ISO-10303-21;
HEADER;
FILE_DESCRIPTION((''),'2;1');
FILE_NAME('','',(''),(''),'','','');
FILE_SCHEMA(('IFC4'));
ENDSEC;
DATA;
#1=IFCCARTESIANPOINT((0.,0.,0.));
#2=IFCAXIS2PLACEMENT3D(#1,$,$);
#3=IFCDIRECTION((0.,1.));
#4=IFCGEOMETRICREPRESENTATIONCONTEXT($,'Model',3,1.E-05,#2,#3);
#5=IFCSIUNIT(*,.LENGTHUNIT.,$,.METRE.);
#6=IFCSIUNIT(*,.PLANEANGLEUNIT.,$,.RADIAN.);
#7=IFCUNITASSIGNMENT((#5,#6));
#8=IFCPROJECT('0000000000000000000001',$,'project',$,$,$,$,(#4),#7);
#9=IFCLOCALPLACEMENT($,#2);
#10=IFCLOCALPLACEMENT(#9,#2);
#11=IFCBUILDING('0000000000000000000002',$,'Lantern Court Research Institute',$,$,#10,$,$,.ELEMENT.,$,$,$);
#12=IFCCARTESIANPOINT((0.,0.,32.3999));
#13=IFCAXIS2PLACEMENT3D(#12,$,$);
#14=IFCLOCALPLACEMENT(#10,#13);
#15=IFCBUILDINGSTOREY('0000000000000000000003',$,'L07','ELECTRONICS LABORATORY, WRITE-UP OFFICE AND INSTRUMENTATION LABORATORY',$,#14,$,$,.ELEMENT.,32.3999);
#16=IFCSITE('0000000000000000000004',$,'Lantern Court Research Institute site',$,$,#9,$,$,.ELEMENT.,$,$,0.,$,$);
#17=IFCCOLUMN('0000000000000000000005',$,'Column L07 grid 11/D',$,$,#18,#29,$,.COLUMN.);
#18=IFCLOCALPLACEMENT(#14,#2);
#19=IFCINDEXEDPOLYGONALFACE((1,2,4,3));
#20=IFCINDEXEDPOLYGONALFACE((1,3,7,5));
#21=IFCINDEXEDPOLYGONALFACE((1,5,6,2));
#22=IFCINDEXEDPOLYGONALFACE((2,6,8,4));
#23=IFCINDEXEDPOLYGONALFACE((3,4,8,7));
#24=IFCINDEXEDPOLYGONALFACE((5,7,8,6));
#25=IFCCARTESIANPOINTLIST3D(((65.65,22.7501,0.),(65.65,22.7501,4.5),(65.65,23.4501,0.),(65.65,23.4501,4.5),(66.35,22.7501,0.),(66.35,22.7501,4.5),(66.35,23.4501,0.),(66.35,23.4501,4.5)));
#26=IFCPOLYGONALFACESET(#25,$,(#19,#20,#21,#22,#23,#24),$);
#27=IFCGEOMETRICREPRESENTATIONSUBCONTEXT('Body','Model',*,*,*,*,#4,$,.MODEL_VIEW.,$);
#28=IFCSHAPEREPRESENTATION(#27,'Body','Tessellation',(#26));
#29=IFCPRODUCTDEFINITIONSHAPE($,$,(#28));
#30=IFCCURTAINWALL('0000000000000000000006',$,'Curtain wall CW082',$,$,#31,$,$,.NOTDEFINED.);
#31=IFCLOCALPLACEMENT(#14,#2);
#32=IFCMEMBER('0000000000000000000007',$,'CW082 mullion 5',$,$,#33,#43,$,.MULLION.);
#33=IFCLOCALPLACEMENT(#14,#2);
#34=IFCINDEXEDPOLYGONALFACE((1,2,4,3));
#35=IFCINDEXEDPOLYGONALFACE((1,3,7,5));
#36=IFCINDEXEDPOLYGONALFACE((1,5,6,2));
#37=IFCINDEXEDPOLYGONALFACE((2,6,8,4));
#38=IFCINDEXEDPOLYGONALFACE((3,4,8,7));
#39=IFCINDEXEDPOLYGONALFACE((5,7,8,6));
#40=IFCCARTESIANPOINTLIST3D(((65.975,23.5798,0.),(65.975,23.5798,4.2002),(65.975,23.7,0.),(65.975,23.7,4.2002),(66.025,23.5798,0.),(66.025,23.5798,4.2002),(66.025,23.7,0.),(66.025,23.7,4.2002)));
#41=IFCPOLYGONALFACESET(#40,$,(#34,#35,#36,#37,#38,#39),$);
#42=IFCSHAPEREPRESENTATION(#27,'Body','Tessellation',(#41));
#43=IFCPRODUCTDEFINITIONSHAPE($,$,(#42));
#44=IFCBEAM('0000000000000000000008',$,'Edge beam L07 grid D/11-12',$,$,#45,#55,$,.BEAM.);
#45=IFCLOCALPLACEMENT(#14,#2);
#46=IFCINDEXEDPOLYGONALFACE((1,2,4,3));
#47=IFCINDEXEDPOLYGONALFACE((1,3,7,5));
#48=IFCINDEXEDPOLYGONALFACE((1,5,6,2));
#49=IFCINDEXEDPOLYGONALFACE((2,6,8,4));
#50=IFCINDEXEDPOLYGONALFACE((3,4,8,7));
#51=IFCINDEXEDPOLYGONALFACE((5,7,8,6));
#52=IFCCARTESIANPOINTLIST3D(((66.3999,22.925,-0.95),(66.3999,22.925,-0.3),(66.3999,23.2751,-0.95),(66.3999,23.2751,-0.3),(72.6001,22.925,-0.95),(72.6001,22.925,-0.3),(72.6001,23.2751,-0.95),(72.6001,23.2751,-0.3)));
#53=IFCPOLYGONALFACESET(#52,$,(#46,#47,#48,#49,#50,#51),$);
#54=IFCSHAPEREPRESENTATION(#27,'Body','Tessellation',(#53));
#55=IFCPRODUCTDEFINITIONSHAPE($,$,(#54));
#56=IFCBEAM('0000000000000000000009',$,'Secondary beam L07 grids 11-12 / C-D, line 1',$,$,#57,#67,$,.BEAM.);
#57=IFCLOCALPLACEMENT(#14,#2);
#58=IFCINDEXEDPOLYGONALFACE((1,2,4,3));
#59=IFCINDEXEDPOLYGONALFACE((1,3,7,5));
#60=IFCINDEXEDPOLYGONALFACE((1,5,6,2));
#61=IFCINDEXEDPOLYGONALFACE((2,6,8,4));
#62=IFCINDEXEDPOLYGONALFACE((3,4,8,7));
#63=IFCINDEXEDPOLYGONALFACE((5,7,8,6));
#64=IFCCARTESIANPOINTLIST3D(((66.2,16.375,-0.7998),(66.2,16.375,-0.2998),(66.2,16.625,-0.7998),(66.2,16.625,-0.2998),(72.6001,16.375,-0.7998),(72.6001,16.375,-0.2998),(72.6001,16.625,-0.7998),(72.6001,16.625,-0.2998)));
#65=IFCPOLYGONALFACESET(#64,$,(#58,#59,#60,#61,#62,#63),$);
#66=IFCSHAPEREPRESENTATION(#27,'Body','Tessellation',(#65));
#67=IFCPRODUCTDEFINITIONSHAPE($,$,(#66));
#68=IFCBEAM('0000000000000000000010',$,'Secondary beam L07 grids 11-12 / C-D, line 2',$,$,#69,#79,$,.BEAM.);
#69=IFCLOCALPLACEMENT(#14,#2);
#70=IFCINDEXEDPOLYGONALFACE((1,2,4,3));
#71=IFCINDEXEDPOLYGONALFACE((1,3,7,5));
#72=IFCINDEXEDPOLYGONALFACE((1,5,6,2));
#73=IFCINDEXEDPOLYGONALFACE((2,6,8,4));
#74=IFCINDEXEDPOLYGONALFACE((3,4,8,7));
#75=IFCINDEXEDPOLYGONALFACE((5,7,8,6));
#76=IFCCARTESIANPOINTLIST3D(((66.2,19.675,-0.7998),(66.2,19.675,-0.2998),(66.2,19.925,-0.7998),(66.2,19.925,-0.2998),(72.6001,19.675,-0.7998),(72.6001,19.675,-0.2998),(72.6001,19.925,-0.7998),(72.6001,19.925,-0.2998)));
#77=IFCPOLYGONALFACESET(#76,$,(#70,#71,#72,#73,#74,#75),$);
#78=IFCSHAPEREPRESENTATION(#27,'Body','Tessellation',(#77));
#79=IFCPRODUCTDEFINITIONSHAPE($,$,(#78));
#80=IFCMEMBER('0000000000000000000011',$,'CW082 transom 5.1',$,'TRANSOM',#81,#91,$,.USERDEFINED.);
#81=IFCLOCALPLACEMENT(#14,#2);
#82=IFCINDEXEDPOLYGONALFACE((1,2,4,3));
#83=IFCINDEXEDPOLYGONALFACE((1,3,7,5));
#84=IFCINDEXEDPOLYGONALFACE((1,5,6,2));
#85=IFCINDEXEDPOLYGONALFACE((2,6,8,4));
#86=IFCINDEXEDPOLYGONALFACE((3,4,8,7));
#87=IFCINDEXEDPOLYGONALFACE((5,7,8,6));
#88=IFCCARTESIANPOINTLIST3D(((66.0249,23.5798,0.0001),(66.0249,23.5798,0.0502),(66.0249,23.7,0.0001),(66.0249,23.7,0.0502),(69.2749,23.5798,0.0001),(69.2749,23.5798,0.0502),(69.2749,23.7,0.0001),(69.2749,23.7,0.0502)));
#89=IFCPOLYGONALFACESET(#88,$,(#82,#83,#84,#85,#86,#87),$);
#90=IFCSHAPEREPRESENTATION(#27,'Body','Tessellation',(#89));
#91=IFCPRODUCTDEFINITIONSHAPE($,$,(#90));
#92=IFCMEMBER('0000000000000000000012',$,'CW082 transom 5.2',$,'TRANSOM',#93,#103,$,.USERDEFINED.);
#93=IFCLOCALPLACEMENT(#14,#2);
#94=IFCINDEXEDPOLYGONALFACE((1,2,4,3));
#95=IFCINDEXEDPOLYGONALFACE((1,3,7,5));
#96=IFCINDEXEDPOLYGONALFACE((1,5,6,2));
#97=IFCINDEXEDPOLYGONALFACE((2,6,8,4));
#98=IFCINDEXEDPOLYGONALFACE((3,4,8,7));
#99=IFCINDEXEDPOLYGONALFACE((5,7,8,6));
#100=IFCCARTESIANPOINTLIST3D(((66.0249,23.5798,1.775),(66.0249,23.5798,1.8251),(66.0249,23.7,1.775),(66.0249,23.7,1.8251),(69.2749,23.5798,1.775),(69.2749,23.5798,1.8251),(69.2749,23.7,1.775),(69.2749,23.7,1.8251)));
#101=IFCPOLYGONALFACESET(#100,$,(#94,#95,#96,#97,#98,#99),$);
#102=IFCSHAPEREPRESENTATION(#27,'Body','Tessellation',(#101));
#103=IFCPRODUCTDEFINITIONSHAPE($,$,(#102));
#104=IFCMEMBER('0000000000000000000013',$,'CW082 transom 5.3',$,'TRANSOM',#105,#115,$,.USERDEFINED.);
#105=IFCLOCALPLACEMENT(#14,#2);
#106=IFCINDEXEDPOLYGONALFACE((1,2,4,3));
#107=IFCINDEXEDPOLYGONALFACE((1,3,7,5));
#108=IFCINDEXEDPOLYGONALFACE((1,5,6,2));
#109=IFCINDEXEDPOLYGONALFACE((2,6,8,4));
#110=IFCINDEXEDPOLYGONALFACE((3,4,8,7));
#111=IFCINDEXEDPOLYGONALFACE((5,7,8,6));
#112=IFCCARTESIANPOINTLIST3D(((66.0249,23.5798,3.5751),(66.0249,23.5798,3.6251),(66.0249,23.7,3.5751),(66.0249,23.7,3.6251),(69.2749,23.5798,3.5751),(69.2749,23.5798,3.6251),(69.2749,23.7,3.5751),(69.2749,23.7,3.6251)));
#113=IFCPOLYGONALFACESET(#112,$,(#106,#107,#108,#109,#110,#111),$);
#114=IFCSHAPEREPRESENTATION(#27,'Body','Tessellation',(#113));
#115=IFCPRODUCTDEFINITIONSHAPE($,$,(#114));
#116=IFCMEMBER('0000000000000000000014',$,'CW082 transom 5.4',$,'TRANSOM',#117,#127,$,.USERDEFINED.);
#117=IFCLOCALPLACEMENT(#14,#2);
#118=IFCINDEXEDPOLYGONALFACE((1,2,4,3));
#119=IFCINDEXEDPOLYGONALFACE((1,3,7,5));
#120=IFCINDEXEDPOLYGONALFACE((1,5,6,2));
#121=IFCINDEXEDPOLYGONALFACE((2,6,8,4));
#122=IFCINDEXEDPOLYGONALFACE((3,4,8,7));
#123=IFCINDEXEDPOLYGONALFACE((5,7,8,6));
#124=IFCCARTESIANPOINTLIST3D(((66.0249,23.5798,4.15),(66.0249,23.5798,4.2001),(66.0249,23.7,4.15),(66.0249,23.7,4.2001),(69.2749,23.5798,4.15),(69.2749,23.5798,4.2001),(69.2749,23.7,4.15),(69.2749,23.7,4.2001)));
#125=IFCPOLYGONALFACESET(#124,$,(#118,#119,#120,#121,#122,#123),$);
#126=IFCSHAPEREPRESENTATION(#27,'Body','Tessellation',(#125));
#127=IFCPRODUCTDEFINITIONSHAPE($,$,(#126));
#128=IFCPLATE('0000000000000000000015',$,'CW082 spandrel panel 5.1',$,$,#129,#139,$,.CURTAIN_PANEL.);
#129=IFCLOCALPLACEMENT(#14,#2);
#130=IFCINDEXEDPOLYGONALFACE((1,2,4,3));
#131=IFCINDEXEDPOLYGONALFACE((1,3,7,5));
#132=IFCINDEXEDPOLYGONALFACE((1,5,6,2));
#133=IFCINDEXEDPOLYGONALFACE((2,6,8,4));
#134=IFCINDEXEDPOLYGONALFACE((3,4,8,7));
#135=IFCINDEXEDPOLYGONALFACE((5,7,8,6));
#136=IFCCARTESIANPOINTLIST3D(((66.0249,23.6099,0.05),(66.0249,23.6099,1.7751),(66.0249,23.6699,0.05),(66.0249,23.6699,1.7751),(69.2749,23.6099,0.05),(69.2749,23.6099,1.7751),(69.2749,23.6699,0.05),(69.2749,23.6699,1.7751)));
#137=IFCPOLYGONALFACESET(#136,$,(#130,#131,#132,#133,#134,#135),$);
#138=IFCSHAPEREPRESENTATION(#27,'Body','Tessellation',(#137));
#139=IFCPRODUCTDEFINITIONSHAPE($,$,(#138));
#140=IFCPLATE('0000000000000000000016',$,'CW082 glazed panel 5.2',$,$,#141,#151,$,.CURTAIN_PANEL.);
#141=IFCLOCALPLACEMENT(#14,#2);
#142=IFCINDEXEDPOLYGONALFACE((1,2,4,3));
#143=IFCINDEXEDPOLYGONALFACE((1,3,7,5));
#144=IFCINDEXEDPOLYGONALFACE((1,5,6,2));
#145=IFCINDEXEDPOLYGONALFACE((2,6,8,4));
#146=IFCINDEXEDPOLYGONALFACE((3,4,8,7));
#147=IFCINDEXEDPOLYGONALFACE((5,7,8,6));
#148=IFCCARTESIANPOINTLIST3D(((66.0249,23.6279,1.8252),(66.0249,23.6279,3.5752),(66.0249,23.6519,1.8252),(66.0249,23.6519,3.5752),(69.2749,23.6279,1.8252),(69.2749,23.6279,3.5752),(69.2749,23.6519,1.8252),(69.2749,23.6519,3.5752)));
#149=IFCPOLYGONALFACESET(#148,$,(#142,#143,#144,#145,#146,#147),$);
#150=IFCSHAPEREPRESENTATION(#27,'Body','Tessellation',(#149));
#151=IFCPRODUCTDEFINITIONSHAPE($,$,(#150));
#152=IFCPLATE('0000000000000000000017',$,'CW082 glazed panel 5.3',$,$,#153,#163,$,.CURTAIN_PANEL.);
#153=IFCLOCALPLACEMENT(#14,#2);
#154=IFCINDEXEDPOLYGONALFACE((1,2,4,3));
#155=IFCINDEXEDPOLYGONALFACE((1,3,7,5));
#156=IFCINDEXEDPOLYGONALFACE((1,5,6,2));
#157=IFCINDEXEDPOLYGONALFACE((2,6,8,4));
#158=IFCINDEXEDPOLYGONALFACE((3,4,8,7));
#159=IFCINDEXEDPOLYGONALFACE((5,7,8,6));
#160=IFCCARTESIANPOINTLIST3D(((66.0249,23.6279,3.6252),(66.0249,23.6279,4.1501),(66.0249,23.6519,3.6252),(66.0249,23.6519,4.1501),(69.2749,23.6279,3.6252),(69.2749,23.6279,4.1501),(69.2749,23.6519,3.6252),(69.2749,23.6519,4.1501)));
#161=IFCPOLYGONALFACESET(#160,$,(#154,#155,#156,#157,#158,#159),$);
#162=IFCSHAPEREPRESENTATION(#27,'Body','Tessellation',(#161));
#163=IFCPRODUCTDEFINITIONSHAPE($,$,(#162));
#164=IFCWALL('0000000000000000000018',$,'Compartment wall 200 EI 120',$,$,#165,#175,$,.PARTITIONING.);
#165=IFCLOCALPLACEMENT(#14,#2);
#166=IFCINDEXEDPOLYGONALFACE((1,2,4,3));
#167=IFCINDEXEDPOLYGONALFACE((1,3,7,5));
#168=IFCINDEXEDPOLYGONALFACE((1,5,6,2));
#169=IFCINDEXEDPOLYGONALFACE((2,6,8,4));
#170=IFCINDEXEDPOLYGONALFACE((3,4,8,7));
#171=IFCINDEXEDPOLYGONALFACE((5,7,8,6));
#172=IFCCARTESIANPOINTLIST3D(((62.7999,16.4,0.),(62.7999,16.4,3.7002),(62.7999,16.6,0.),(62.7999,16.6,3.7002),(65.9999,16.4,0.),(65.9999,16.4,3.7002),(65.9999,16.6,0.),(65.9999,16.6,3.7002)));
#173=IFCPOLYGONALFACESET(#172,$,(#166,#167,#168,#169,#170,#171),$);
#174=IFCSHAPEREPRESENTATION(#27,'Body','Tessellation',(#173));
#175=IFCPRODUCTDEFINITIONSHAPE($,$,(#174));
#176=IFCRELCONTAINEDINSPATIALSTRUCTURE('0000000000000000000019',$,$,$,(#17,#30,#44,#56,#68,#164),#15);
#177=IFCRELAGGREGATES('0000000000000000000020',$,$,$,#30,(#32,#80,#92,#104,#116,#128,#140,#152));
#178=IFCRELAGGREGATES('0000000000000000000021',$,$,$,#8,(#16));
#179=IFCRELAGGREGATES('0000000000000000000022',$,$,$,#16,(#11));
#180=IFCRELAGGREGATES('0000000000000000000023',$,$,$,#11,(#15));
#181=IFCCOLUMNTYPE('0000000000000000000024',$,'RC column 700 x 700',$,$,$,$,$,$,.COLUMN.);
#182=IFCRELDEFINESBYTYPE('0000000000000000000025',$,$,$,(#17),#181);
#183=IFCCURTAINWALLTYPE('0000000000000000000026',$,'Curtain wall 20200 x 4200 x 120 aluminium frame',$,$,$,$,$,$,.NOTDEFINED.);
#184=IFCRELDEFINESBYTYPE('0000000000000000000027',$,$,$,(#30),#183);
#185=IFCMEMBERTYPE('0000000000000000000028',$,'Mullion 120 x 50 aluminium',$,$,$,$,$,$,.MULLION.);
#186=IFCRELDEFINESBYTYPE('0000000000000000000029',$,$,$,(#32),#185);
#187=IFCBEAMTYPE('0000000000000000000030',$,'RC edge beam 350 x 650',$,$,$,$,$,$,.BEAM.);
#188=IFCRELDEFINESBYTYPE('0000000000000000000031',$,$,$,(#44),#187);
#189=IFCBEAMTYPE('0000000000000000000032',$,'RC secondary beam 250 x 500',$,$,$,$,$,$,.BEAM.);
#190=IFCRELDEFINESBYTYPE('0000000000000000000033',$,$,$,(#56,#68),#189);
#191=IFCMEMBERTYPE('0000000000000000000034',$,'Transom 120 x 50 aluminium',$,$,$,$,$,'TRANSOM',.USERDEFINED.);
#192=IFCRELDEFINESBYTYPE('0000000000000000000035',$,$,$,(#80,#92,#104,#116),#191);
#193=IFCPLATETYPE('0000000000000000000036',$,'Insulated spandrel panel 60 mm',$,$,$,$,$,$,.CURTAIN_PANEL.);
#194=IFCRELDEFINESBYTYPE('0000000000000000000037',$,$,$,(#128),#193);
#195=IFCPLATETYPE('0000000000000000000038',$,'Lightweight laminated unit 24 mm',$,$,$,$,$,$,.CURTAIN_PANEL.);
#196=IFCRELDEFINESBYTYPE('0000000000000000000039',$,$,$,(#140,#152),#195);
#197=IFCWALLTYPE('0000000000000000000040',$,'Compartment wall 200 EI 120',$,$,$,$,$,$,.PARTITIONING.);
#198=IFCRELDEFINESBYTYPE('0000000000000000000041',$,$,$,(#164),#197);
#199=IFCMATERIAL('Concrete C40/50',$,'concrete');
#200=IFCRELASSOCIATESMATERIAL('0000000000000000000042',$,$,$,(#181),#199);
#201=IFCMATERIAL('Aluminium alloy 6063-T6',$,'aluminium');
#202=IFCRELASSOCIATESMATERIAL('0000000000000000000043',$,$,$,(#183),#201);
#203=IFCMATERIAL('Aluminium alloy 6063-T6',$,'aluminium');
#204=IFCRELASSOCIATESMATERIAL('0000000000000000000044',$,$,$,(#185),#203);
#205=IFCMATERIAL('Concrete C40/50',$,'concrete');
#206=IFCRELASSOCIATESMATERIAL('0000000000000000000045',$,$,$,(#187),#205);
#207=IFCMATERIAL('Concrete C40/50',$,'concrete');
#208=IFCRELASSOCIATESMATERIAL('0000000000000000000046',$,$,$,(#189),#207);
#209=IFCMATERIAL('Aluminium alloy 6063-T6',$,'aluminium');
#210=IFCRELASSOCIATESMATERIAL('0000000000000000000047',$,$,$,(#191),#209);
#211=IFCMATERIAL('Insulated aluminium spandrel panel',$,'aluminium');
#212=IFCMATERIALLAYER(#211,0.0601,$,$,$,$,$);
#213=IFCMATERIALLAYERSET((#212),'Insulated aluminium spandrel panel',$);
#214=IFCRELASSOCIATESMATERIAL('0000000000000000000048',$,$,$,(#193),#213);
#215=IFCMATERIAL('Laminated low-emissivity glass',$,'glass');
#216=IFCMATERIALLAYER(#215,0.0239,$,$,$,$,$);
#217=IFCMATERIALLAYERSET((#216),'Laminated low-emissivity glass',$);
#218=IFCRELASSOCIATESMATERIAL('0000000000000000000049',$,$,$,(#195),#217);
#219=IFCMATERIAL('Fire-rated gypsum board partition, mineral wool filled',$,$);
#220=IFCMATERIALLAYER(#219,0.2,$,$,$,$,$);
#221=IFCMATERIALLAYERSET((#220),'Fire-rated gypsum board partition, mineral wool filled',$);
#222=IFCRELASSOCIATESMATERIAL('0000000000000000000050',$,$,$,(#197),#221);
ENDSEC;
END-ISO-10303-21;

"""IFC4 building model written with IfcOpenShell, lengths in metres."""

from ifc_helpers import new_model, si_unit, direction, frame, frame_2d, origin, origin_2d, place, context, subcontext, project, spatial, rectangle, extrude, material, layer, layer_set, material_profile, profile_set, type_object, element, aggregate, save


model = new_model("IFC4")

# Units and contexts
model_context = context("Model", 3, precision=1e-05, world=origin(), true_north=direction((0.0, 1.0)))
body_context = subcontext(model_context, "Body", "Model", "MODEL_VIEW")
ifc_project = project(units=[si_unit("LENGTHUNIT", "METRE"), si_unit("PLANEANGLEUNIT", "RADIAN")], contexts=[model_context])

# Site, building, storey
site_placement = place(None, origin())
site = spatial("IfcSite", under=ifc_project, at=site_placement, Name="Lantern Court Research Institute site", CompositionType="ELEMENT", RefElevation=0.0)
building_placement = place(site_placement, origin())
building = spatial("IfcBuilding", under=site, at=building_placement, Name="Lantern Court Research Institute", CompositionType="ELEMENT")
storey_placement = place(building_placement, frame((0.0, 0.0, 32.3999)))
storey = spatial("IfcBuildingStorey", under=building, at=storey_placement, Name="L07", Description="ELECTRONICS LABORATORY, WRITE-UP OFFICE AND INSTRUMENTATION LABORATORY", CompositionType="ELEMENT", Elevation=32.3999)

# Column
ifc_material_1 = material(Name="Concrete C40/50", Category="concrete")
ifc_material_profile_1 = material_profile(ifc_material_1, rectangle(XDim=0.7, YDim=0.7, at=origin_2d()), Name="RC column 700 x 700")
ifc_profile_set_1 = profile_set([ifc_material_profile_1], Name="Concrete C40/50")
column_type = type_object("IfcColumnType", Name="RC column 700 x 700", PredefinedType="COLUMN", material=ifc_profile_set_1)
column_placement = place(storey_placement, frame((66.0, 23.1001, 0.0), z_axis=(0.0, 0.0, 1.0), x_axis=(1.0, 0.0, 0.0)))
element("IfcColumn", 1, at=column_placement, inside=storey, type_object=column_type, Name="Column L07 grid 11/D", PredefinedType="COLUMN", context=body_context, shape_type="SweptSolid", body=[
    extrude(rectangle(XDim=0.7, YDim=0.7, at=origin_2d()), origin(), (0.0, 0.0, 1.0), 4.5),
])

# Curtain wall, member
ifc_material_2 = material(Name="Aluminium alloy 6063-T6", Category="aluminium")
curtain_wall_type = type_object("IfcCurtainWallType", Name="Curtain wall 20200 x 4200 x 120 aluminium frame", PredefinedType="NOTDEFINED", material=ifc_material_2)
curtain_wall_placement = place(storey_placement, origin())
curtain_wall = element("IfcCurtainWall", 2, at=curtain_wall_placement, inside=storey, type_object=curtain_wall_type, Name="Curtain wall CW082", PredefinedType="NOTDEFINED")
ifc_material_3 = material(Name="Aluminium alloy 6063-T6", Category="aluminium")
ifc_material_profile_2 = material_profile(ifc_material_3, rectangle(XDim=0.1201, YDim=0.05, at=origin_2d()), Name="Mullion 120 x 50")
ifc_profile_set_2 = profile_set([ifc_material_profile_2], Name="Aluminium alloy 6063-T6")
member_type_1 = type_object("IfcMemberType", Name="Mullion 120 x 50 aluminium", PredefinedType="MULLION", material=ifc_profile_set_2)
member_1_placement = place(storey_placement, frame((66.0, 23.6399, 0.0), z_axis=(0.0, 0.0, 1.0), x_axis=(0.0, 1.0, 0.0)))
member_1 = element("IfcMember", 3, at=member_1_placement, type_object=member_type_1, Name="CW082 mullion 5", PredefinedType="MULLION", context=body_context, shape_type="SweptSolid", body=[
    extrude(rectangle(XDim=0.1201, YDim=0.05, at=origin_2d()), origin(), (0.0, 0.0, 1.0), 4.2002),
])

# Beams
ifc_material_4 = material(Name="Concrete C40/50", Category="concrete")
ifc_material_profile_3 = material_profile(ifc_material_4, rectangle(XDim=0.3501, YDim=0.6499, at=origin_2d()), Name="RC beam 350 x 650")
ifc_profile_set_3 = profile_set([ifc_material_profile_3], Name="Concrete C40/50")
beam_type_1 = type_object("IfcBeamType", Name="RC edge beam 350 x 650", PredefinedType="BEAM", material=ifc_profile_set_3)
beam_placement = place(storey_placement, frame((66.3999, 23.1001, -0.625), z_axis=(1.0, 0.0, 0.0), x_axis=(0.0, 1.0, 0.0)))
element("IfcBeam", 4, at=beam_placement, inside=storey, type_object=beam_type_1, Name="Edge beam L07 grid D/11-12", PredefinedType="BEAM", context=body_context, shape_type="SweptSolid", body=[
    extrude(rectangle(XDim=0.3501, YDim=0.6499, at=origin_2d()), origin(), (0.0, 0.0, 1.0), 6.2002),
])
ifc_material_5 = material(Name="Concrete C40/50", Category="concrete")
ifc_material_profile_4 = material_profile(ifc_material_5, rectangle(XDim=0.25, YDim=0.5, at=origin_2d()), Name="RC beam 250 x 500")
ifc_profile_set_4 = profile_set([ifc_material_profile_4], Name="Concrete C40/50")
beam_type_2 = type_object("IfcBeamType", Name="RC secondary beam 250 x 500", PredefinedType="BEAM", material=ifc_profile_set_4)
for number, where, z_axis, x_axis, name in (
    (5, (66.2, 16.5, -0.5498), (1.0, 0.0, 0.0), (0.0, 1.0, 0.0), "Secondary beam L07 grids 11-12 / C-D, line 1"),
    (6, (66.2, 19.8, -0.5498), (1.0, 0.0, 0.0), (0.0, 1.0, 0.0), "Secondary beam L07 grids 11-12 / C-D, line 2"),
):
    element("IfcBeam", number, at=place(storey_placement, frame(where, z_axis=z_axis, x_axis=x_axis)), inside=storey, type_object=beam_type_2, Name=name, PredefinedType="BEAM", context=body_context, shape_type="SweptSolid", body=[
        extrude(rectangle(XDim=0.25, YDim=0.5, at=origin_2d()), origin(), (0.0, 0.0, 1.0), 6.4001),
    ])

# Members
ifc_material_6 = material(Name="Aluminium alloy 6063-T6", Category="aluminium")
ifc_material_profile_5 = material_profile(ifc_material_6, rectangle(XDim=0.1201, YDim=0.05, at=origin_2d()), Name="Transom 120 x 50")
ifc_profile_set_5 = profile_set([ifc_material_profile_5], Name="Aluminium alloy 6063-T6")
member_type_2 = type_object("IfcMemberType", Name="Transom 120 x 50 aluminium", ElementType="TRANSOM", PredefinedType="USERDEFINED", material=ifc_profile_set_5)
member_2_placement = place(storey_placement, frame((66.0249, 23.6399, 0.0251), z_axis=(1.0, 0.0, 0.0), x_axis=(0.0, 1.0, 0.0)))
member_2 = element("IfcMember", 7, at=member_2_placement, type_object=member_type_2, Name="CW082 transom 5.1", ObjectType="TRANSOM", PredefinedType="USERDEFINED", context=body_context, shape_type="SweptSolid", body=[
    extrude(rectangle(XDim=0.1201, YDim=0.05, at=origin_2d()), origin(), (0.0, 0.0, 1.0), 3.25),
])
member_3_placement = place(storey_placement, frame((66.0249, 23.6399, 1.8), z_axis=(1.0, 0.0, 0.0), x_axis=(0.0, 1.0, 0.0)))
member_3 = element("IfcMember", 8, at=member_3_placement, type_object=member_type_2, Name="CW082 transom 5.2", ObjectType="TRANSOM", PredefinedType="USERDEFINED", context=body_context, shape_type="SweptSolid", body=[
    extrude(rectangle(XDim=0.1201, YDim=0.05, at=origin_2d()), origin(), (0.0, 0.0, 1.0), 3.25),
])
member_4_placement = place(storey_placement, frame((66.0249, 23.6399, 3.6001), z_axis=(1.0, 0.0, 0.0), x_axis=(0.0, 1.0, 0.0)))
member_4 = element("IfcMember", 9, at=member_4_placement, type_object=member_type_2, Name="CW082 transom 5.3", ObjectType="TRANSOM", PredefinedType="USERDEFINED", context=body_context, shape_type="SweptSolid", body=[
    extrude(rectangle(XDim=0.1201, YDim=0.05, at=origin_2d()), origin(), (0.0, 0.0, 1.0), 3.25),
])
member_5_placement = place(storey_placement, frame((66.0249, 23.6399, 4.175), z_axis=(1.0, 0.0, 0.0), x_axis=(0.0, 1.0, 0.0)))
member_5 = element("IfcMember", 10, at=member_5_placement, type_object=member_type_2, Name="CW082 transom 5.4", ObjectType="TRANSOM", PredefinedType="USERDEFINED", context=body_context, shape_type="SweptSolid", body=[
    extrude(rectangle(XDim=0.1201, YDim=0.05, at=origin_2d()), origin(), (0.0, 0.0, 1.0), 3.25),
])

# Plates
ifc_material_7 = material(Name="Insulated aluminium spandrel panel", Category="aluminium")
ifc_layer_1 = layer(ifc_material_7, 0.0601)
ifc_layer_set_1 = layer_set([ifc_layer_1], Name="Insulated aluminium spandrel panel")
plate_type_1 = type_object("IfcPlateType", Name="Insulated spandrel panel 60 mm", PredefinedType="CURTAIN_PANEL", material=ifc_layer_set_1)
plate_1_placement = place(storey_placement, frame((67.6499, 23.6399, 0.05), z_axis=(0.0, 0.0, 1.0), x_axis=(1.0, 0.0, 0.0)))
plate_1 = element("IfcPlate", 11, at=plate_1_placement, type_object=plate_type_1, Name="CW082 spandrel panel 5.1", PredefinedType="CURTAIN_PANEL", context=body_context, shape_type="SweptSolid", body=[
    extrude(rectangle(XDim=3.25, YDim=0.0601, at=origin_2d()), origin(), (0.0, 0.0, 1.0), 1.7251),
])
ifc_material_8 = material(Name="Laminated low-emissivity glass", Category="glass")
ifc_layer_2 = layer(ifc_material_8, 0.0239)
ifc_layer_set_2 = layer_set([ifc_layer_2], Name="Laminated low-emissivity glass")
plate_type_2 = type_object("IfcPlateType", Name="Lightweight laminated unit 24 mm", PredefinedType="CURTAIN_PANEL", material=ifc_layer_set_2)
plate_2_placement = place(storey_placement, frame((67.6499, 23.6399, 1.8252), z_axis=(0.0, 0.0, 1.0), x_axis=(1.0, 0.0, 0.0)))
plate_2 = element("IfcPlate", 12, at=plate_2_placement, type_object=plate_type_2, Name="CW082 glazed panel 5.2", PredefinedType="CURTAIN_PANEL", context=body_context, shape_type="SweptSolid", body=[
    extrude(rectangle(XDim=3.25, YDim=0.0239, at=origin_2d()), origin(), (0.0, 0.0, 1.0), 1.75),
])
plate_3_placement = place(storey_placement, frame((67.6499, 23.6399, 3.6252), z_axis=(0.0, 0.0, 1.0), x_axis=(1.0, 0.0, 0.0)))
plate_3 = element("IfcPlate", 13, at=plate_3_placement, type_object=plate_type_2, Name="CW082 glazed panel 5.3", PredefinedType="CURTAIN_PANEL", context=body_context, shape_type="SweptSolid", body=[
    extrude(rectangle(XDim=3.25, YDim=0.0239, at=origin_2d()), origin(), (0.0, 0.0, 1.0), 0.5249),
])
aggregate(curtain_wall, [member_1, member_2, member_3, member_4, member_5, plate_1, plate_2, plate_3])

# Wall
ifc_material_9 = material(Name="Fire-rated gypsum board partition, mineral wool filled")
ifc_layer_3 = layer(ifc_material_9, 0.2)
ifc_layer_set_3 = layer_set([ifc_layer_3], Name="Fire-rated gypsum board partition, mineral wool filled")
wall_type_1 = type_object("IfcWallType", Name="Compartment wall 200 EI 120", PredefinedType="PARTITIONING", material=ifc_layer_set_3)
wall_1_placement = place(storey_placement, frame((66.0, 16.5, 0.0), z_axis=(0.0, 0.0, 1.0), x_axis=(-1.0, 0.0, 0.0)))
element("IfcWall", 14, at=wall_1_placement, inside=storey, type_object=wall_type_1, Name="Compartment wall 200 EI 120", PredefinedType="PARTITIONING", context=body_context, shape_type="SweptSolid", body=[
    extrude(rectangle(XDim=3.2, YDim=0.2, at=frame_2d((1.6001, 0.0))), origin(), (0.0, 0.0, 1.0), 3.7002),
])

save(model, "model.ifc")
